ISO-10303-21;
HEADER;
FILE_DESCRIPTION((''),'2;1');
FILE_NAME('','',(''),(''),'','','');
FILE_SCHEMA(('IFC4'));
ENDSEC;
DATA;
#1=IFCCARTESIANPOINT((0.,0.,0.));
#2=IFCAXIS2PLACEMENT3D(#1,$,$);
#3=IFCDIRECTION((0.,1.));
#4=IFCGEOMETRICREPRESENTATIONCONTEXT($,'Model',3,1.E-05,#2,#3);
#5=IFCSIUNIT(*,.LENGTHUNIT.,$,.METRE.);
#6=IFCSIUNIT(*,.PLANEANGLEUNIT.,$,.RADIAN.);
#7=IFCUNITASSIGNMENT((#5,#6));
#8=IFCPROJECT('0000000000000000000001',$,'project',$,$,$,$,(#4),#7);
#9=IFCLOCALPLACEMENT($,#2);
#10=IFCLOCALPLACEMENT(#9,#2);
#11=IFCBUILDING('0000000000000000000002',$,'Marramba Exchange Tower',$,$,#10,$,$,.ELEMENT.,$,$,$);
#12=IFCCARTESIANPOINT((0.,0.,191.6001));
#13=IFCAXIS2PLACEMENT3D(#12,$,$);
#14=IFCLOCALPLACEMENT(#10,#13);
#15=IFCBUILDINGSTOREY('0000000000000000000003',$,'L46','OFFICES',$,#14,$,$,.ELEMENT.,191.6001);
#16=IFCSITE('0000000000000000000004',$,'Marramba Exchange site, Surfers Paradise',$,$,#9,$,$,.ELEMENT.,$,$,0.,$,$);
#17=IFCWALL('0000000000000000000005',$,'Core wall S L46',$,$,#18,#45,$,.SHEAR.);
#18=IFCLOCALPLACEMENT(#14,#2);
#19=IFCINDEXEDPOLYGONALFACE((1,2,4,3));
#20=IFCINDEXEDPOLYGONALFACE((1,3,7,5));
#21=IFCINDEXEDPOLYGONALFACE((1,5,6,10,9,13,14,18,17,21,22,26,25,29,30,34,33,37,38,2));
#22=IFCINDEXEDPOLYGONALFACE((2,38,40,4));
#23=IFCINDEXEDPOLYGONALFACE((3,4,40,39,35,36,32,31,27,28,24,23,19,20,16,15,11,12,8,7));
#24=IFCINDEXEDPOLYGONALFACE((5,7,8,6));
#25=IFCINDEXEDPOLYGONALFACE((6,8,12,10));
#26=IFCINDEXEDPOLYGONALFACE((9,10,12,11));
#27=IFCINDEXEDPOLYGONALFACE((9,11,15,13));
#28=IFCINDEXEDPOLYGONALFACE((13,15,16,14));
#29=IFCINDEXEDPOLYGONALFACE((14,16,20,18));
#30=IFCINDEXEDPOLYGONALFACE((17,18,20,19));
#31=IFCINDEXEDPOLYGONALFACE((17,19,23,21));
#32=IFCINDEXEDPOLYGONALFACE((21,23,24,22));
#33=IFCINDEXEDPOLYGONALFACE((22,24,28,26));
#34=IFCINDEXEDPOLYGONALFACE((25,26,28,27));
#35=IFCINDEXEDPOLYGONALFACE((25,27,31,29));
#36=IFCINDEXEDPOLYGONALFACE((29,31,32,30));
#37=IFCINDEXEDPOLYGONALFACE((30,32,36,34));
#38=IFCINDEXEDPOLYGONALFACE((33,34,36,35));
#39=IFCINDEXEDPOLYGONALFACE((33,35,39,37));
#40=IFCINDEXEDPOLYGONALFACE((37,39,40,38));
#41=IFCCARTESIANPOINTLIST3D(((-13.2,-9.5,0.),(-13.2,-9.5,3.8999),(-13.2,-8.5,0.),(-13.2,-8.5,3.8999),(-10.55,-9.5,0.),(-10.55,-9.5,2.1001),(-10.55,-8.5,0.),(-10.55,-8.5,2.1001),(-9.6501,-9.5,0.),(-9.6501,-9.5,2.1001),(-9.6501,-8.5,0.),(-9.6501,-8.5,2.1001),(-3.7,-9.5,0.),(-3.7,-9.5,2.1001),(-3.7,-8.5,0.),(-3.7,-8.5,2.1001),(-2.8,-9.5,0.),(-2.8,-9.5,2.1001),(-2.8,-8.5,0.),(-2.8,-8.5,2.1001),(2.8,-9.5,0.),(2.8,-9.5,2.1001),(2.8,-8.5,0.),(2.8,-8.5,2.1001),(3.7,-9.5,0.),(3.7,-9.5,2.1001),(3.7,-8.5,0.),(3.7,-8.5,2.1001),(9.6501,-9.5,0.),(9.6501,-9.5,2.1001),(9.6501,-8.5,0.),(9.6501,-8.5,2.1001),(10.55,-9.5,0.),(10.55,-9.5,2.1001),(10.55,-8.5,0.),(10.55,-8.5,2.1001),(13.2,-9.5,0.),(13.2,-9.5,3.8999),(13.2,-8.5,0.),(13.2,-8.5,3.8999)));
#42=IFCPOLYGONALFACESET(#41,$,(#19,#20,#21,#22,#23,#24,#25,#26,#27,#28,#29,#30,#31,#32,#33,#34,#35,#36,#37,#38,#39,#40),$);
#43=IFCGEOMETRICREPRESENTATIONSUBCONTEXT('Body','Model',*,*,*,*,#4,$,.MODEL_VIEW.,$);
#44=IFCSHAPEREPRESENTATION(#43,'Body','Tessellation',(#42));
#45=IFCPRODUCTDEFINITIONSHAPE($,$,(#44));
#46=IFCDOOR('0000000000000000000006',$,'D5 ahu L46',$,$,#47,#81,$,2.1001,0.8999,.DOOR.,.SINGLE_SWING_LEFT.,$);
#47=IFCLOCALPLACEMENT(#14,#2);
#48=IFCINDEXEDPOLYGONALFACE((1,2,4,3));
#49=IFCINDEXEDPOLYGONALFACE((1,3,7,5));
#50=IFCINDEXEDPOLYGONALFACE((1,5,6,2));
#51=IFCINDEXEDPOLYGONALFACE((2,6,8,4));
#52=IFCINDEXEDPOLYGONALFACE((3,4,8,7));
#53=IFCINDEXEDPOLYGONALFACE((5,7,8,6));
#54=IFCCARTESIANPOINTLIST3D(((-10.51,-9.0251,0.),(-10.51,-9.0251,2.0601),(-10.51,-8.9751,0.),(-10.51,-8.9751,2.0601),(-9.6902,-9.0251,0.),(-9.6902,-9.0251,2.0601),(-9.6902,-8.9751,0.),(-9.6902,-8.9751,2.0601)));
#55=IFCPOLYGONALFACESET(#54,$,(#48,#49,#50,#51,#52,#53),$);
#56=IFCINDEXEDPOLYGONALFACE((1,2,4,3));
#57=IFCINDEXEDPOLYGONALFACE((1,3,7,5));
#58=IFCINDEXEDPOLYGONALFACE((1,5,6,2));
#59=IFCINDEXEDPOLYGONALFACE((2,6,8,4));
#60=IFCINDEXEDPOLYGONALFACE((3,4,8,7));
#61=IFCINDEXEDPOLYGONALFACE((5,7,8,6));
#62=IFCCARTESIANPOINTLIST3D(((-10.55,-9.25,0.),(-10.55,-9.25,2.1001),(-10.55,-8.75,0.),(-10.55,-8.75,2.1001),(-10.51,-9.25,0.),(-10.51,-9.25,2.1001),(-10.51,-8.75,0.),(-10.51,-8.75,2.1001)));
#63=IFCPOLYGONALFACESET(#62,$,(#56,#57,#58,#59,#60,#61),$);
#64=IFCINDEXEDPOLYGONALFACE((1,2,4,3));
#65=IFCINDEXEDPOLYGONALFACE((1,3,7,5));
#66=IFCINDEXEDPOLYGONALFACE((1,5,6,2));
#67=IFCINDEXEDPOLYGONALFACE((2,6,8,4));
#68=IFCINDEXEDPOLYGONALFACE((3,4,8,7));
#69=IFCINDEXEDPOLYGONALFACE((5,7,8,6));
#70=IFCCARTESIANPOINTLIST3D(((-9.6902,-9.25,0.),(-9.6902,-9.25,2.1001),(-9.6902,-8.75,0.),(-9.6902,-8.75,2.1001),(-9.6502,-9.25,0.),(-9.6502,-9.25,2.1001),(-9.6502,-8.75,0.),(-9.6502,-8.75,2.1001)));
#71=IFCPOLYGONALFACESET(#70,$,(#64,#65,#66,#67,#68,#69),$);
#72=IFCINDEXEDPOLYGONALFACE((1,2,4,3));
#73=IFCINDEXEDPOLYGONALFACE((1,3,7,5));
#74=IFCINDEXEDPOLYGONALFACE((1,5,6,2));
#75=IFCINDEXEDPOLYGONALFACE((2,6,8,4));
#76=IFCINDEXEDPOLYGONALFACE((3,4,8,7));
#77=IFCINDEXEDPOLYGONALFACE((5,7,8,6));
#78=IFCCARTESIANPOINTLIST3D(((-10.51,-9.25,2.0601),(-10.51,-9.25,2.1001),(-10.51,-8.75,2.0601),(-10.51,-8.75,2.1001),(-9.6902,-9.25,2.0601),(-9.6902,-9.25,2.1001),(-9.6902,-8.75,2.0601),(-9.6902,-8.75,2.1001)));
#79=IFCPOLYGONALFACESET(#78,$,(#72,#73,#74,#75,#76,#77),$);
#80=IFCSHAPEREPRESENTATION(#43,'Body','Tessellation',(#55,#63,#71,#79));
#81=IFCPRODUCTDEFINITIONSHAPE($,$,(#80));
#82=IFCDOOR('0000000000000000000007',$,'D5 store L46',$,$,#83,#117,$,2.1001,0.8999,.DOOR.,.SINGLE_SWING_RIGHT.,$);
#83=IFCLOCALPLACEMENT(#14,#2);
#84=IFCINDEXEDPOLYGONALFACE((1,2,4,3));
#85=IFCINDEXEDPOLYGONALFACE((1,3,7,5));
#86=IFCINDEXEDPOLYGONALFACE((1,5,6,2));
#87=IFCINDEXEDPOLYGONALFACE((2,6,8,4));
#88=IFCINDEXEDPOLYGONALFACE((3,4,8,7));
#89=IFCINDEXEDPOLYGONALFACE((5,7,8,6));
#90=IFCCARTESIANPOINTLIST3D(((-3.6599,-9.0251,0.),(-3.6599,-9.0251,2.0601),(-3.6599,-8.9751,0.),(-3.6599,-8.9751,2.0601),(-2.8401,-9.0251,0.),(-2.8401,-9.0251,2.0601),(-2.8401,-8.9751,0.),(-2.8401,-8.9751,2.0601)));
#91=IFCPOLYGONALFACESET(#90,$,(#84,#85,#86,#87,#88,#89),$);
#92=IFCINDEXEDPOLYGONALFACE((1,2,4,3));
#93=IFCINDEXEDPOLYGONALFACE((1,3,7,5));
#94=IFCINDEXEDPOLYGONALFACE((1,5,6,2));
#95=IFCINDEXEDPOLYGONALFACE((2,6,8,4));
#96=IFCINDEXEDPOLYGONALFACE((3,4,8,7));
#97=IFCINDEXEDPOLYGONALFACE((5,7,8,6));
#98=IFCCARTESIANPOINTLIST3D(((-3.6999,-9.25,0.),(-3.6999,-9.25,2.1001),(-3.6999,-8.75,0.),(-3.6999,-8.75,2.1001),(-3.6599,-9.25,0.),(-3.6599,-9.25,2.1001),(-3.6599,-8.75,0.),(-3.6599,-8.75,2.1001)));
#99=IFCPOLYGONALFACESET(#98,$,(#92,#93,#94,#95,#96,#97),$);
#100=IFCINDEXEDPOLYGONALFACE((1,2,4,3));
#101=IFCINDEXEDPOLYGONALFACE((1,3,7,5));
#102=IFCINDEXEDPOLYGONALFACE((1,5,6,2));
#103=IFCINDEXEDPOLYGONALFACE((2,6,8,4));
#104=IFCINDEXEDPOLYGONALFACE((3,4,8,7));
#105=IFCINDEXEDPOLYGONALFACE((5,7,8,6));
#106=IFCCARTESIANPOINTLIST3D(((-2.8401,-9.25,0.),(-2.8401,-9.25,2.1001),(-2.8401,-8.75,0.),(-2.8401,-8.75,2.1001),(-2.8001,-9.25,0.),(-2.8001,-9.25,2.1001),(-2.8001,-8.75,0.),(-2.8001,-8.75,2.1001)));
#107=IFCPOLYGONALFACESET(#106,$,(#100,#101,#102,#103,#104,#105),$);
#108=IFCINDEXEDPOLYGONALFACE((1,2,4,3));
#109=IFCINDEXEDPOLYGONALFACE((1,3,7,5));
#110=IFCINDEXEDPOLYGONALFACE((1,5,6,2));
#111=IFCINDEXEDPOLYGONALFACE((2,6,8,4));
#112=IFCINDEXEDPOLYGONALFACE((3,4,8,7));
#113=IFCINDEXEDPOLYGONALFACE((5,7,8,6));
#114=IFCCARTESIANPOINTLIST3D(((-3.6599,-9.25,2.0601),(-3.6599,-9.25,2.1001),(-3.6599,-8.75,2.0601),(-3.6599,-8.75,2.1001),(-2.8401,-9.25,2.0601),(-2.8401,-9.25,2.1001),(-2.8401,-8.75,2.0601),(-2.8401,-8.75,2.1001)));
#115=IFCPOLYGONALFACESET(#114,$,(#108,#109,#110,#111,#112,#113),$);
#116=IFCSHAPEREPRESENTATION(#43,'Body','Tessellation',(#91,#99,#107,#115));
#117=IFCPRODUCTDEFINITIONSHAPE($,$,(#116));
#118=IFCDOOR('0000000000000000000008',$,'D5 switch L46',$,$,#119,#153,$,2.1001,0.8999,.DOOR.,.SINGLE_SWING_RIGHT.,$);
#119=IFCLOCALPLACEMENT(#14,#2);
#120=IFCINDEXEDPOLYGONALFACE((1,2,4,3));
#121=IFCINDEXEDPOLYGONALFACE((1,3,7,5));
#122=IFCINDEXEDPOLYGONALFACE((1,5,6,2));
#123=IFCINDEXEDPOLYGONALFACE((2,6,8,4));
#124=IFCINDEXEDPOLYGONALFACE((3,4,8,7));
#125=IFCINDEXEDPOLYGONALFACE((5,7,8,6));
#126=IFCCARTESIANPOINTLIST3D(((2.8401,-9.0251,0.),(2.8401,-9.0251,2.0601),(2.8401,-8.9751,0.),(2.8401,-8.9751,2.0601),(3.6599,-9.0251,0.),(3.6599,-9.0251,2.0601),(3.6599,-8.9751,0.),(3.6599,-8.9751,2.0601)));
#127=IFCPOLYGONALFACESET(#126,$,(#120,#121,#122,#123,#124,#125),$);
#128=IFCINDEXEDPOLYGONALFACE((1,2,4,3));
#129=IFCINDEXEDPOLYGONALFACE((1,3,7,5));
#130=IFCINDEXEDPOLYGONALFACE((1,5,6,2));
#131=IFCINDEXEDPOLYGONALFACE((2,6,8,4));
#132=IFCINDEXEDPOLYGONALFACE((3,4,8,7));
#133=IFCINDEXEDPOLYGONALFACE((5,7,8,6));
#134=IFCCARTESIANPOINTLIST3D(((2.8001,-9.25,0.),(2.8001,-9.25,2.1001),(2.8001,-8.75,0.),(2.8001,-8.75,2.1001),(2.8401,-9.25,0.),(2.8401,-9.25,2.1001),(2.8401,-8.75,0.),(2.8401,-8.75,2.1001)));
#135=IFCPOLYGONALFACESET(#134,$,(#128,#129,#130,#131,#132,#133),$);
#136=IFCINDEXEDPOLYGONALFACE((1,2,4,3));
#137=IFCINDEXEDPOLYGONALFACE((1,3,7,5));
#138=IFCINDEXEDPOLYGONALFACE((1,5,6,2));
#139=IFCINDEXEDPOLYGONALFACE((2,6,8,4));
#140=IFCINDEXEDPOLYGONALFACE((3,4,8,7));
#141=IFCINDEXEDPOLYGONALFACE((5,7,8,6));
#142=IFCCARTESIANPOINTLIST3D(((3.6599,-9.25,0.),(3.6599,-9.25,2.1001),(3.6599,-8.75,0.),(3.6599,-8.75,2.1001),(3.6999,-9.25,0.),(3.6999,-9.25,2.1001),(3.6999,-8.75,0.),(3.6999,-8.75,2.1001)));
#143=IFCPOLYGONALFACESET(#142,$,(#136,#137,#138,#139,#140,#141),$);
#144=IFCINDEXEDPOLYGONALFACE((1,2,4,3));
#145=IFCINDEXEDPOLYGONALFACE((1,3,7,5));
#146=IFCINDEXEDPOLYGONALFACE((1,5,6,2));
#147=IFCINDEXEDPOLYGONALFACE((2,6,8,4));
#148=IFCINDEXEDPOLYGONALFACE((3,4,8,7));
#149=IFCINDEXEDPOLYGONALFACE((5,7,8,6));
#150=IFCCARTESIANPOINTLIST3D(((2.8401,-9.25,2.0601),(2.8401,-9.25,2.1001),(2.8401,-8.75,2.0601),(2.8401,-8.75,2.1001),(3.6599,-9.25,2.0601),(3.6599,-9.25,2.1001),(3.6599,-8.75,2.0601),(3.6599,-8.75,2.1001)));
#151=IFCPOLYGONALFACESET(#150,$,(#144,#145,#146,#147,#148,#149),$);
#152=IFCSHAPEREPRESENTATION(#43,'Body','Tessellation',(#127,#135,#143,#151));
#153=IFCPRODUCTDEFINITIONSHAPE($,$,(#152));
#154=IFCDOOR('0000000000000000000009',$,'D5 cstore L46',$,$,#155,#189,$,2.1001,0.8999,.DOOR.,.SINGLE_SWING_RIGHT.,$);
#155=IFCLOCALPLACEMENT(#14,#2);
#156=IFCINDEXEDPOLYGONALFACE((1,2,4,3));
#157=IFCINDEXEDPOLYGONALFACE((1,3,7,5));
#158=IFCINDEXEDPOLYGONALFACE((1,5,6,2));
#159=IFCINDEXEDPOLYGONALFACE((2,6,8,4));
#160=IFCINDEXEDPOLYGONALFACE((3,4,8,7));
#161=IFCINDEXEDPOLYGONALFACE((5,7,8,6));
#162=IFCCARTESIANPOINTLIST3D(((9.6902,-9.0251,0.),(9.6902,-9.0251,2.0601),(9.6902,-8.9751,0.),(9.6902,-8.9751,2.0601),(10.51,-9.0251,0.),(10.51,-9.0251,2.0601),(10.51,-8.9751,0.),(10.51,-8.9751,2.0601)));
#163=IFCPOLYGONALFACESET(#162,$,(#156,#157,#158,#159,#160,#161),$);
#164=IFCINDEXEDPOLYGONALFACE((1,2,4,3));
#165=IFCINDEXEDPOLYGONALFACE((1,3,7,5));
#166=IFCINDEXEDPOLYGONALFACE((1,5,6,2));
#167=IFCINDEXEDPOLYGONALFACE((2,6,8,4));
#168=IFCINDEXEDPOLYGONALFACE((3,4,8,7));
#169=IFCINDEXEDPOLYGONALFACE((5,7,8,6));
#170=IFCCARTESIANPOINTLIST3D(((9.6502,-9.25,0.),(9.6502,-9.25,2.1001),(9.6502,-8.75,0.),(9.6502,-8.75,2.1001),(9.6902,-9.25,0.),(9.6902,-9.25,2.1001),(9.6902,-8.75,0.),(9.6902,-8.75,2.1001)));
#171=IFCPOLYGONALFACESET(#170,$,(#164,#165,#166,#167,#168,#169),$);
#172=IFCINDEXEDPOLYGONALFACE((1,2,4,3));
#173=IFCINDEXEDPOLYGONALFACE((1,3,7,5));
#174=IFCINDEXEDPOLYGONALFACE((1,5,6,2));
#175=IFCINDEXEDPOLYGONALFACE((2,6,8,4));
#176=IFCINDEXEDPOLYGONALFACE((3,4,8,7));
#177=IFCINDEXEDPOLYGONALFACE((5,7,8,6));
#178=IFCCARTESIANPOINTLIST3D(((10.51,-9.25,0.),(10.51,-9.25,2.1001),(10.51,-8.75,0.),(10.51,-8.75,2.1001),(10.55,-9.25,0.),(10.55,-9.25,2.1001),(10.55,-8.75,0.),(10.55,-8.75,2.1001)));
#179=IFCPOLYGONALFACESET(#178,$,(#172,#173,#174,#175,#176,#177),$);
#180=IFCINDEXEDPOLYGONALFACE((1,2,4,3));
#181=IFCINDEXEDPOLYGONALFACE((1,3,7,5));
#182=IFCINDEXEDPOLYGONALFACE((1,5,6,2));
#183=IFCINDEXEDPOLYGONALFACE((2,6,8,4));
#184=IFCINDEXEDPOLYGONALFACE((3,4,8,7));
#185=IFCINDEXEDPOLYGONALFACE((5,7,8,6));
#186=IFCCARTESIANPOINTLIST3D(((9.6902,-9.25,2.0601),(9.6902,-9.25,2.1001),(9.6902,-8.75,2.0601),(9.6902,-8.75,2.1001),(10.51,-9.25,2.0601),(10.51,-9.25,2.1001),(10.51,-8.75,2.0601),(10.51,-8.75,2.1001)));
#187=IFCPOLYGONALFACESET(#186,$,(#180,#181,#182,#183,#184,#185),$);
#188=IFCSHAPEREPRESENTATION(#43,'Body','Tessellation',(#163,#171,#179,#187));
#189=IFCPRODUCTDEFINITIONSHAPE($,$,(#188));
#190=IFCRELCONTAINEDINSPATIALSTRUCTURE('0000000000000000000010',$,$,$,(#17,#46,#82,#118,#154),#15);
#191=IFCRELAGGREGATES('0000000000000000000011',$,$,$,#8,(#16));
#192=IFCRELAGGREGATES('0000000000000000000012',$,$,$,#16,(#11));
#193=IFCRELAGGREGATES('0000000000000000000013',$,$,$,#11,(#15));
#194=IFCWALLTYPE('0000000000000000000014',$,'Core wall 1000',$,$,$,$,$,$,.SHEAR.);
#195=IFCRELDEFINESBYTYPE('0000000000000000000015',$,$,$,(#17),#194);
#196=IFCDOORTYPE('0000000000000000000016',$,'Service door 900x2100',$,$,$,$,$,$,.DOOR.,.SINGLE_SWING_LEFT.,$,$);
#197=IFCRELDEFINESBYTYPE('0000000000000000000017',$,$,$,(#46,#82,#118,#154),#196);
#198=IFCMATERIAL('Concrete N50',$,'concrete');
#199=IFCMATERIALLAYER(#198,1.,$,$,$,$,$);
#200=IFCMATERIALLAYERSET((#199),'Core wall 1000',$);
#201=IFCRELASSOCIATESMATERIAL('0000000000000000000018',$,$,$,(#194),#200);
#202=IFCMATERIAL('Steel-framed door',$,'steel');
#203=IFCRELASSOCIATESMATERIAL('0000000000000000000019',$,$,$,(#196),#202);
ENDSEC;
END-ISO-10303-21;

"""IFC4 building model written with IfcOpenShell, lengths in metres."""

from ifc_helpers import new_model, si_unit, direction, frame, frame_2d, origin, place, context, subcontext, project, spatial, rectangle, extrude, material, layer, layer_set, type_object, element, fill, save


model = new_model("IFC4")

# Units and contexts
model_context = context("Model", 3, precision=1e-05, world=origin(), true_north=direction((0.0, 1.0)))
body_context = subcontext(model_context, "Body", "Model", "MODEL_VIEW")
ifc_project = project(units=[si_unit("LENGTHUNIT", "METRE"), si_unit("PLANEANGLEUNIT", "RADIAN")], contexts=[model_context])

# Site, building, storey
site_placement = place(None, origin())
site = spatial("IfcSite", under=ifc_project, at=site_placement, Name="Marramba Exchange site, Surfers Paradise", CompositionType="ELEMENT", RefElevation=0.0)
building_placement = place(site_placement, origin())
building = spatial("IfcBuilding", under=site, at=building_placement, Name="Marramba Exchange Tower", CompositionType="ELEMENT")
storey_placement = place(building_placement, frame((0.0, 0.0, 191.6001)))
storey = spatial("IfcBuildingStorey", under=building, at=storey_placement, Name="L46", Description="OFFICES", CompositionType="ELEMENT", Elevation=191.6001)

# Shared definitions
ifc_material_1 = material(Name="Concrete N50", Category="concrete")

# Wall, openings, doors
ifc_layer_1 = layer(ifc_material_1, 1.0)
ifc_layer_set_1 = layer_set([ifc_layer_1], Name="Core wall 1000")
wall_type = type_object("IfcWallType", Name="Core wall 1000", PredefinedType="SHEAR", material=ifc_layer_set_1)
wall_placement = place(storey_placement, frame((-13.2, -9.0, 0.0), z_axis=(0.0, 0.0, 1.0), x_axis=(1.0, 0.0, 0.0)))
wall = element("IfcWall", 1, at=wall_placement, inside=storey, type_object=wall_type, Name="Core wall S L46", PredefinedType="SHEAR", context=body_context, shape_type="SweptSolid", body=[
    extrude(rectangle(XDim=26.3999, YDim=1.0, at=frame_2d((13.2, 0.0))), origin(), (0.0, 0.0, 1.0), 3.8999),
])
opening_1_placement = place(wall_placement, frame((2.6499, 0.0, 0.0)))
opening_1 = element("IfcOpeningElement", 2, at=opening_1_placement, cuts=wall, PredefinedType="OPENING", context=body_context, shape_type="SweptSolid", body=[
    extrude(rectangle(XDim=0.8999, YDim=2.1001, at=frame_2d((0.45, 1.05))), frame((0.0, 0.51, 0.0), z_axis=(0.0, -1.0, 0.0), x_axis=(1.0, 0.0, 0.0)), (0.0, 0.0, 1.0), 1.02),
])
opening_2_placement = place(wall_placement, frame((9.5, 0.0, 0.0)))
opening_2 = element("IfcOpeningElement", 3, at=opening_2_placement, cuts=wall, PredefinedType="OPENING", context=body_context, shape_type="SweptSolid", body=[
    extrude(rectangle(XDim=0.8999, YDim=2.1001, at=frame_2d((0.45, 1.05))), frame((0.0, 0.51, 0.0), z_axis=(0.0, -1.0, 0.0), x_axis=(1.0, 0.0, 0.0)), (0.0, 0.0, 1.0), 1.02),
])
opening_3_placement = place(wall_placement, frame((16.0, 0.0, 0.0)))
opening_3 = element("IfcOpeningElement", 4, at=opening_3_placement, cuts=wall, PredefinedType="OPENING", context=body_context, shape_type="SweptSolid", body=[
    extrude(rectangle(XDim=0.8999, YDim=2.1001, at=frame_2d((0.45, 1.05))), frame((0.0, 0.51, 0.0), z_axis=(0.0, -1.0, 0.0), x_axis=(1.0, 0.0, 0.0)), (0.0, 0.0, 1.0), 1.02),
])
opening_4_placement = place(wall_placement, frame((22.8501, 0.0, 0.0)))
opening_4 = element("IfcOpeningElement", 5, at=opening_4_placement, cuts=wall, PredefinedType="OPENING", context=body_context, shape_type="SweptSolid", body=[
    extrude(rectangle(XDim=0.8999, YDim=2.1001, at=frame_2d((0.45, 1.05))), frame((0.0, 0.51, 0.0), z_axis=(0.0, -1.0, 0.0), x_axis=(1.0, 0.0, 0.0)), (0.0, 0.0, 1.0), 1.02),
])
ifc_material_2 = material(Name="Steel-framed door", Category="steel")
door_type = type_object("IfcDoorType", Name="Service door 900x2100", OperationType="SINGLE_SWING_LEFT", PredefinedType="DOOR", material=ifc_material_2)
door_1_placement = place(opening_1_placement, origin())
door_1 = element("IfcDoor", 6, at=door_1_placement, inside=storey, type_object=door_type, Name="D5 ahu L46", OperationType="SINGLE_SWING_LEFT", OverallHeight=2.1001, OverallWidth=0.8999, PredefinedType="DOOR", context=body_context, shape_type="SweptSolid", body=[
    extrude(rectangle(XDim=0.8198, YDim=2.0601, at=frame_2d((0.45, 1.03))), frame((0.0, 0.0249, 0.0), z_axis=(0.0, -1.0, 0.0), x_axis=(1.0, 0.0, 0.0)), (0.0, 0.0, 1.0), 0.05),
    extrude(rectangle(XDim=0.04, YDim=2.1001, at=frame_2d((0.02, 1.05))), frame((0.0, 0.25, 0.0), z_axis=(0.0, -1.0, 0.0), x_axis=(1.0, 0.0, 0.0)), (0.0, 0.0, 1.0), 0.5),
    extrude(rectangle(XDim=0.04, YDim=2.1001, at=frame_2d((0.8799, 1.05))), frame((0.0, 0.25, 0.0), z_axis=(0.0, -1.0, 0.0), x_axis=(1.0, 0.0, 0.0)), (0.0, 0.0, 1.0), 0.5),
    extrude(rectangle(XDim=0.8198, YDim=0.04, at=frame_2d((0.45, 2.0801))), frame((0.0, 0.25, 0.0), z_axis=(0.0, -1.0, 0.0), x_axis=(1.0, 0.0, 0.0)), (0.0, 0.0, 1.0), 0.5),
])
fill(opening_1, door_1)
door_2_placement = place(opening_2_placement, origin())
door_2 = element("IfcDoor", 7, at=door_2_placement, inside=storey, type_object=door_type, Name="D5 store L46", OperationType="SINGLE_SWING_RIGHT", OverallHeight=2.1001, OverallWidth=0.8999, PredefinedType="DOOR", context=body_context, shape_type="SweptSolid", body=[
    extrude(rectangle(XDim=0.8198, YDim=2.0601, at=frame_2d((0.45, 1.03))), frame((0.0, 0.0249, 0.0), z_axis=(0.0, -1.0, 0.0), x_axis=(1.0, 0.0, 0.0)), (0.0, 0.0, 1.0), 0.05),
    extrude(rectangle(XDim=0.04, YDim=2.1001, at=frame_2d((0.02, 1.05))), frame((0.0, 0.25, 0.0), z_axis=(0.0, -1.0, 0.0), x_axis=(1.0, 0.0, 0.0)), (0.0, 0.0, 1.0), 0.5),
    extrude(rectangle(XDim=0.04, YDim=2.1001, at=frame_2d((0.8799, 1.05))), frame((0.0, 0.25, 0.0), z_axis=(0.0, -1.0, 0.0), x_axis=(1.0, 0.0, 0.0)), (0.0, 0.0, 1.0), 0.5),
    extrude(rectangle(XDim=0.8198, YDim=0.04, at=frame_2d((0.45, 2.0801))), frame((0.0, 0.25, 0.0), z_axis=(0.0, -1.0, 0.0), x_axis=(1.0, 0.0, 0.0)), (0.0, 0.0, 1.0), 0.5),
])
fill(opening_2, door_2)
door_3_placement = place(opening_3_placement, origin())
door_3 = element("IfcDoor", 8, at=door_3_placement, inside=storey, type_object=door_type, Name="D5 switch L46", OperationType="SINGLE_SWING_RIGHT", OverallHeight=2.1001, OverallWidth=0.8999, PredefinedType="DOOR", context=body_context, shape_type="SweptSolid", body=[
    extrude(rectangle(XDim=0.8198, YDim=2.0601, at=frame_2d((0.45, 1.03))), frame((0.0, 0.0249, 0.0), z_axis=(0.0, -1.0, 0.0), x_axis=(1.0, 0.0, 0.0)), (0.0, 0.0, 1.0), 0.05),
    extrude(rectangle(XDim=0.04, YDim=2.1001, at=frame_2d((0.02, 1.05))), frame((0.0, 0.25, 0.0), z_axis=(0.0, -1.0, 0.0), x_axis=(1.0, 0.0, 0.0)), (0.0, 0.0, 1.0), 0.5),
    extrude(rectangle(XDim=0.04, YDim=2.1001, at=frame_2d((0.8799, 1.05))), frame((0.0, 0.25, 0.0), z_axis=(0.0, -1.0, 0.0), x_axis=(1.0, 0.0, 0.0)), (0.0, 0.0, 1.0), 0.5),
    extrude(rectangle(XDim=0.8198, YDim=0.04, at=frame_2d((0.45, 2.0801))), frame((0.0, 0.25, 0.0), z_axis=(0.0, -1.0, 0.0), x_axis=(1.0, 0.0, 0.0)), (0.0, 0.0, 1.0), 0.5),
])
fill(opening_3, door_3)
door_4_placement = place(opening_4_placement, origin())
door_4 = element("IfcDoor", 9, at=door_4_placement, inside=storey, type_object=door_type, Name="D5 cstore L46", OperationType="SINGLE_SWING_RIGHT", OverallHeight=2.1001, OverallWidth=0.8999, PredefinedType="DOOR", context=body_context, shape_type="SweptSolid", body=[
    extrude(rectangle(XDim=0.8198, YDim=2.0601, at=frame_2d((0.45, 1.03))), frame((0.0, 0.0249, 0.0), z_axis=(0.0, -1.0, 0.0), x_axis=(1.0, 0.0, 0.0)), (0.0, 0.0, 1.0), 0.05),
    extrude(rectangle(XDim=0.04, YDim=2.1001, at=frame_2d((0.02, 1.05))), frame((0.0, 0.25, 0.0), z_axis=(0.0, -1.0, 0.0), x_axis=(1.0, 0.0, 0.0)), (0.0, 0.0, 1.0), 0.5),
    extrude(rectangle(XDim=0.04, YDim=2.1001, at=frame_2d((0.8799, 1.05))), frame((0.0, 0.25, 0.0), z_axis=(0.0, -1.0, 0.0), x_axis=(1.0, 0.0, 0.0)), (0.0, 0.0, 1.0), 0.5),
    extrude(rectangle(XDim=0.8198, YDim=0.04, at=frame_2d((0.45, 2.0801))), frame((0.0, 0.25, 0.0), z_axis=(0.0, -1.0, 0.0), x_axis=(1.0, 0.0, 0.0)), (0.0, 0.0, 1.0), 0.5),
])
fill(opening_4, door_4)

save(model, "model.ifc")
